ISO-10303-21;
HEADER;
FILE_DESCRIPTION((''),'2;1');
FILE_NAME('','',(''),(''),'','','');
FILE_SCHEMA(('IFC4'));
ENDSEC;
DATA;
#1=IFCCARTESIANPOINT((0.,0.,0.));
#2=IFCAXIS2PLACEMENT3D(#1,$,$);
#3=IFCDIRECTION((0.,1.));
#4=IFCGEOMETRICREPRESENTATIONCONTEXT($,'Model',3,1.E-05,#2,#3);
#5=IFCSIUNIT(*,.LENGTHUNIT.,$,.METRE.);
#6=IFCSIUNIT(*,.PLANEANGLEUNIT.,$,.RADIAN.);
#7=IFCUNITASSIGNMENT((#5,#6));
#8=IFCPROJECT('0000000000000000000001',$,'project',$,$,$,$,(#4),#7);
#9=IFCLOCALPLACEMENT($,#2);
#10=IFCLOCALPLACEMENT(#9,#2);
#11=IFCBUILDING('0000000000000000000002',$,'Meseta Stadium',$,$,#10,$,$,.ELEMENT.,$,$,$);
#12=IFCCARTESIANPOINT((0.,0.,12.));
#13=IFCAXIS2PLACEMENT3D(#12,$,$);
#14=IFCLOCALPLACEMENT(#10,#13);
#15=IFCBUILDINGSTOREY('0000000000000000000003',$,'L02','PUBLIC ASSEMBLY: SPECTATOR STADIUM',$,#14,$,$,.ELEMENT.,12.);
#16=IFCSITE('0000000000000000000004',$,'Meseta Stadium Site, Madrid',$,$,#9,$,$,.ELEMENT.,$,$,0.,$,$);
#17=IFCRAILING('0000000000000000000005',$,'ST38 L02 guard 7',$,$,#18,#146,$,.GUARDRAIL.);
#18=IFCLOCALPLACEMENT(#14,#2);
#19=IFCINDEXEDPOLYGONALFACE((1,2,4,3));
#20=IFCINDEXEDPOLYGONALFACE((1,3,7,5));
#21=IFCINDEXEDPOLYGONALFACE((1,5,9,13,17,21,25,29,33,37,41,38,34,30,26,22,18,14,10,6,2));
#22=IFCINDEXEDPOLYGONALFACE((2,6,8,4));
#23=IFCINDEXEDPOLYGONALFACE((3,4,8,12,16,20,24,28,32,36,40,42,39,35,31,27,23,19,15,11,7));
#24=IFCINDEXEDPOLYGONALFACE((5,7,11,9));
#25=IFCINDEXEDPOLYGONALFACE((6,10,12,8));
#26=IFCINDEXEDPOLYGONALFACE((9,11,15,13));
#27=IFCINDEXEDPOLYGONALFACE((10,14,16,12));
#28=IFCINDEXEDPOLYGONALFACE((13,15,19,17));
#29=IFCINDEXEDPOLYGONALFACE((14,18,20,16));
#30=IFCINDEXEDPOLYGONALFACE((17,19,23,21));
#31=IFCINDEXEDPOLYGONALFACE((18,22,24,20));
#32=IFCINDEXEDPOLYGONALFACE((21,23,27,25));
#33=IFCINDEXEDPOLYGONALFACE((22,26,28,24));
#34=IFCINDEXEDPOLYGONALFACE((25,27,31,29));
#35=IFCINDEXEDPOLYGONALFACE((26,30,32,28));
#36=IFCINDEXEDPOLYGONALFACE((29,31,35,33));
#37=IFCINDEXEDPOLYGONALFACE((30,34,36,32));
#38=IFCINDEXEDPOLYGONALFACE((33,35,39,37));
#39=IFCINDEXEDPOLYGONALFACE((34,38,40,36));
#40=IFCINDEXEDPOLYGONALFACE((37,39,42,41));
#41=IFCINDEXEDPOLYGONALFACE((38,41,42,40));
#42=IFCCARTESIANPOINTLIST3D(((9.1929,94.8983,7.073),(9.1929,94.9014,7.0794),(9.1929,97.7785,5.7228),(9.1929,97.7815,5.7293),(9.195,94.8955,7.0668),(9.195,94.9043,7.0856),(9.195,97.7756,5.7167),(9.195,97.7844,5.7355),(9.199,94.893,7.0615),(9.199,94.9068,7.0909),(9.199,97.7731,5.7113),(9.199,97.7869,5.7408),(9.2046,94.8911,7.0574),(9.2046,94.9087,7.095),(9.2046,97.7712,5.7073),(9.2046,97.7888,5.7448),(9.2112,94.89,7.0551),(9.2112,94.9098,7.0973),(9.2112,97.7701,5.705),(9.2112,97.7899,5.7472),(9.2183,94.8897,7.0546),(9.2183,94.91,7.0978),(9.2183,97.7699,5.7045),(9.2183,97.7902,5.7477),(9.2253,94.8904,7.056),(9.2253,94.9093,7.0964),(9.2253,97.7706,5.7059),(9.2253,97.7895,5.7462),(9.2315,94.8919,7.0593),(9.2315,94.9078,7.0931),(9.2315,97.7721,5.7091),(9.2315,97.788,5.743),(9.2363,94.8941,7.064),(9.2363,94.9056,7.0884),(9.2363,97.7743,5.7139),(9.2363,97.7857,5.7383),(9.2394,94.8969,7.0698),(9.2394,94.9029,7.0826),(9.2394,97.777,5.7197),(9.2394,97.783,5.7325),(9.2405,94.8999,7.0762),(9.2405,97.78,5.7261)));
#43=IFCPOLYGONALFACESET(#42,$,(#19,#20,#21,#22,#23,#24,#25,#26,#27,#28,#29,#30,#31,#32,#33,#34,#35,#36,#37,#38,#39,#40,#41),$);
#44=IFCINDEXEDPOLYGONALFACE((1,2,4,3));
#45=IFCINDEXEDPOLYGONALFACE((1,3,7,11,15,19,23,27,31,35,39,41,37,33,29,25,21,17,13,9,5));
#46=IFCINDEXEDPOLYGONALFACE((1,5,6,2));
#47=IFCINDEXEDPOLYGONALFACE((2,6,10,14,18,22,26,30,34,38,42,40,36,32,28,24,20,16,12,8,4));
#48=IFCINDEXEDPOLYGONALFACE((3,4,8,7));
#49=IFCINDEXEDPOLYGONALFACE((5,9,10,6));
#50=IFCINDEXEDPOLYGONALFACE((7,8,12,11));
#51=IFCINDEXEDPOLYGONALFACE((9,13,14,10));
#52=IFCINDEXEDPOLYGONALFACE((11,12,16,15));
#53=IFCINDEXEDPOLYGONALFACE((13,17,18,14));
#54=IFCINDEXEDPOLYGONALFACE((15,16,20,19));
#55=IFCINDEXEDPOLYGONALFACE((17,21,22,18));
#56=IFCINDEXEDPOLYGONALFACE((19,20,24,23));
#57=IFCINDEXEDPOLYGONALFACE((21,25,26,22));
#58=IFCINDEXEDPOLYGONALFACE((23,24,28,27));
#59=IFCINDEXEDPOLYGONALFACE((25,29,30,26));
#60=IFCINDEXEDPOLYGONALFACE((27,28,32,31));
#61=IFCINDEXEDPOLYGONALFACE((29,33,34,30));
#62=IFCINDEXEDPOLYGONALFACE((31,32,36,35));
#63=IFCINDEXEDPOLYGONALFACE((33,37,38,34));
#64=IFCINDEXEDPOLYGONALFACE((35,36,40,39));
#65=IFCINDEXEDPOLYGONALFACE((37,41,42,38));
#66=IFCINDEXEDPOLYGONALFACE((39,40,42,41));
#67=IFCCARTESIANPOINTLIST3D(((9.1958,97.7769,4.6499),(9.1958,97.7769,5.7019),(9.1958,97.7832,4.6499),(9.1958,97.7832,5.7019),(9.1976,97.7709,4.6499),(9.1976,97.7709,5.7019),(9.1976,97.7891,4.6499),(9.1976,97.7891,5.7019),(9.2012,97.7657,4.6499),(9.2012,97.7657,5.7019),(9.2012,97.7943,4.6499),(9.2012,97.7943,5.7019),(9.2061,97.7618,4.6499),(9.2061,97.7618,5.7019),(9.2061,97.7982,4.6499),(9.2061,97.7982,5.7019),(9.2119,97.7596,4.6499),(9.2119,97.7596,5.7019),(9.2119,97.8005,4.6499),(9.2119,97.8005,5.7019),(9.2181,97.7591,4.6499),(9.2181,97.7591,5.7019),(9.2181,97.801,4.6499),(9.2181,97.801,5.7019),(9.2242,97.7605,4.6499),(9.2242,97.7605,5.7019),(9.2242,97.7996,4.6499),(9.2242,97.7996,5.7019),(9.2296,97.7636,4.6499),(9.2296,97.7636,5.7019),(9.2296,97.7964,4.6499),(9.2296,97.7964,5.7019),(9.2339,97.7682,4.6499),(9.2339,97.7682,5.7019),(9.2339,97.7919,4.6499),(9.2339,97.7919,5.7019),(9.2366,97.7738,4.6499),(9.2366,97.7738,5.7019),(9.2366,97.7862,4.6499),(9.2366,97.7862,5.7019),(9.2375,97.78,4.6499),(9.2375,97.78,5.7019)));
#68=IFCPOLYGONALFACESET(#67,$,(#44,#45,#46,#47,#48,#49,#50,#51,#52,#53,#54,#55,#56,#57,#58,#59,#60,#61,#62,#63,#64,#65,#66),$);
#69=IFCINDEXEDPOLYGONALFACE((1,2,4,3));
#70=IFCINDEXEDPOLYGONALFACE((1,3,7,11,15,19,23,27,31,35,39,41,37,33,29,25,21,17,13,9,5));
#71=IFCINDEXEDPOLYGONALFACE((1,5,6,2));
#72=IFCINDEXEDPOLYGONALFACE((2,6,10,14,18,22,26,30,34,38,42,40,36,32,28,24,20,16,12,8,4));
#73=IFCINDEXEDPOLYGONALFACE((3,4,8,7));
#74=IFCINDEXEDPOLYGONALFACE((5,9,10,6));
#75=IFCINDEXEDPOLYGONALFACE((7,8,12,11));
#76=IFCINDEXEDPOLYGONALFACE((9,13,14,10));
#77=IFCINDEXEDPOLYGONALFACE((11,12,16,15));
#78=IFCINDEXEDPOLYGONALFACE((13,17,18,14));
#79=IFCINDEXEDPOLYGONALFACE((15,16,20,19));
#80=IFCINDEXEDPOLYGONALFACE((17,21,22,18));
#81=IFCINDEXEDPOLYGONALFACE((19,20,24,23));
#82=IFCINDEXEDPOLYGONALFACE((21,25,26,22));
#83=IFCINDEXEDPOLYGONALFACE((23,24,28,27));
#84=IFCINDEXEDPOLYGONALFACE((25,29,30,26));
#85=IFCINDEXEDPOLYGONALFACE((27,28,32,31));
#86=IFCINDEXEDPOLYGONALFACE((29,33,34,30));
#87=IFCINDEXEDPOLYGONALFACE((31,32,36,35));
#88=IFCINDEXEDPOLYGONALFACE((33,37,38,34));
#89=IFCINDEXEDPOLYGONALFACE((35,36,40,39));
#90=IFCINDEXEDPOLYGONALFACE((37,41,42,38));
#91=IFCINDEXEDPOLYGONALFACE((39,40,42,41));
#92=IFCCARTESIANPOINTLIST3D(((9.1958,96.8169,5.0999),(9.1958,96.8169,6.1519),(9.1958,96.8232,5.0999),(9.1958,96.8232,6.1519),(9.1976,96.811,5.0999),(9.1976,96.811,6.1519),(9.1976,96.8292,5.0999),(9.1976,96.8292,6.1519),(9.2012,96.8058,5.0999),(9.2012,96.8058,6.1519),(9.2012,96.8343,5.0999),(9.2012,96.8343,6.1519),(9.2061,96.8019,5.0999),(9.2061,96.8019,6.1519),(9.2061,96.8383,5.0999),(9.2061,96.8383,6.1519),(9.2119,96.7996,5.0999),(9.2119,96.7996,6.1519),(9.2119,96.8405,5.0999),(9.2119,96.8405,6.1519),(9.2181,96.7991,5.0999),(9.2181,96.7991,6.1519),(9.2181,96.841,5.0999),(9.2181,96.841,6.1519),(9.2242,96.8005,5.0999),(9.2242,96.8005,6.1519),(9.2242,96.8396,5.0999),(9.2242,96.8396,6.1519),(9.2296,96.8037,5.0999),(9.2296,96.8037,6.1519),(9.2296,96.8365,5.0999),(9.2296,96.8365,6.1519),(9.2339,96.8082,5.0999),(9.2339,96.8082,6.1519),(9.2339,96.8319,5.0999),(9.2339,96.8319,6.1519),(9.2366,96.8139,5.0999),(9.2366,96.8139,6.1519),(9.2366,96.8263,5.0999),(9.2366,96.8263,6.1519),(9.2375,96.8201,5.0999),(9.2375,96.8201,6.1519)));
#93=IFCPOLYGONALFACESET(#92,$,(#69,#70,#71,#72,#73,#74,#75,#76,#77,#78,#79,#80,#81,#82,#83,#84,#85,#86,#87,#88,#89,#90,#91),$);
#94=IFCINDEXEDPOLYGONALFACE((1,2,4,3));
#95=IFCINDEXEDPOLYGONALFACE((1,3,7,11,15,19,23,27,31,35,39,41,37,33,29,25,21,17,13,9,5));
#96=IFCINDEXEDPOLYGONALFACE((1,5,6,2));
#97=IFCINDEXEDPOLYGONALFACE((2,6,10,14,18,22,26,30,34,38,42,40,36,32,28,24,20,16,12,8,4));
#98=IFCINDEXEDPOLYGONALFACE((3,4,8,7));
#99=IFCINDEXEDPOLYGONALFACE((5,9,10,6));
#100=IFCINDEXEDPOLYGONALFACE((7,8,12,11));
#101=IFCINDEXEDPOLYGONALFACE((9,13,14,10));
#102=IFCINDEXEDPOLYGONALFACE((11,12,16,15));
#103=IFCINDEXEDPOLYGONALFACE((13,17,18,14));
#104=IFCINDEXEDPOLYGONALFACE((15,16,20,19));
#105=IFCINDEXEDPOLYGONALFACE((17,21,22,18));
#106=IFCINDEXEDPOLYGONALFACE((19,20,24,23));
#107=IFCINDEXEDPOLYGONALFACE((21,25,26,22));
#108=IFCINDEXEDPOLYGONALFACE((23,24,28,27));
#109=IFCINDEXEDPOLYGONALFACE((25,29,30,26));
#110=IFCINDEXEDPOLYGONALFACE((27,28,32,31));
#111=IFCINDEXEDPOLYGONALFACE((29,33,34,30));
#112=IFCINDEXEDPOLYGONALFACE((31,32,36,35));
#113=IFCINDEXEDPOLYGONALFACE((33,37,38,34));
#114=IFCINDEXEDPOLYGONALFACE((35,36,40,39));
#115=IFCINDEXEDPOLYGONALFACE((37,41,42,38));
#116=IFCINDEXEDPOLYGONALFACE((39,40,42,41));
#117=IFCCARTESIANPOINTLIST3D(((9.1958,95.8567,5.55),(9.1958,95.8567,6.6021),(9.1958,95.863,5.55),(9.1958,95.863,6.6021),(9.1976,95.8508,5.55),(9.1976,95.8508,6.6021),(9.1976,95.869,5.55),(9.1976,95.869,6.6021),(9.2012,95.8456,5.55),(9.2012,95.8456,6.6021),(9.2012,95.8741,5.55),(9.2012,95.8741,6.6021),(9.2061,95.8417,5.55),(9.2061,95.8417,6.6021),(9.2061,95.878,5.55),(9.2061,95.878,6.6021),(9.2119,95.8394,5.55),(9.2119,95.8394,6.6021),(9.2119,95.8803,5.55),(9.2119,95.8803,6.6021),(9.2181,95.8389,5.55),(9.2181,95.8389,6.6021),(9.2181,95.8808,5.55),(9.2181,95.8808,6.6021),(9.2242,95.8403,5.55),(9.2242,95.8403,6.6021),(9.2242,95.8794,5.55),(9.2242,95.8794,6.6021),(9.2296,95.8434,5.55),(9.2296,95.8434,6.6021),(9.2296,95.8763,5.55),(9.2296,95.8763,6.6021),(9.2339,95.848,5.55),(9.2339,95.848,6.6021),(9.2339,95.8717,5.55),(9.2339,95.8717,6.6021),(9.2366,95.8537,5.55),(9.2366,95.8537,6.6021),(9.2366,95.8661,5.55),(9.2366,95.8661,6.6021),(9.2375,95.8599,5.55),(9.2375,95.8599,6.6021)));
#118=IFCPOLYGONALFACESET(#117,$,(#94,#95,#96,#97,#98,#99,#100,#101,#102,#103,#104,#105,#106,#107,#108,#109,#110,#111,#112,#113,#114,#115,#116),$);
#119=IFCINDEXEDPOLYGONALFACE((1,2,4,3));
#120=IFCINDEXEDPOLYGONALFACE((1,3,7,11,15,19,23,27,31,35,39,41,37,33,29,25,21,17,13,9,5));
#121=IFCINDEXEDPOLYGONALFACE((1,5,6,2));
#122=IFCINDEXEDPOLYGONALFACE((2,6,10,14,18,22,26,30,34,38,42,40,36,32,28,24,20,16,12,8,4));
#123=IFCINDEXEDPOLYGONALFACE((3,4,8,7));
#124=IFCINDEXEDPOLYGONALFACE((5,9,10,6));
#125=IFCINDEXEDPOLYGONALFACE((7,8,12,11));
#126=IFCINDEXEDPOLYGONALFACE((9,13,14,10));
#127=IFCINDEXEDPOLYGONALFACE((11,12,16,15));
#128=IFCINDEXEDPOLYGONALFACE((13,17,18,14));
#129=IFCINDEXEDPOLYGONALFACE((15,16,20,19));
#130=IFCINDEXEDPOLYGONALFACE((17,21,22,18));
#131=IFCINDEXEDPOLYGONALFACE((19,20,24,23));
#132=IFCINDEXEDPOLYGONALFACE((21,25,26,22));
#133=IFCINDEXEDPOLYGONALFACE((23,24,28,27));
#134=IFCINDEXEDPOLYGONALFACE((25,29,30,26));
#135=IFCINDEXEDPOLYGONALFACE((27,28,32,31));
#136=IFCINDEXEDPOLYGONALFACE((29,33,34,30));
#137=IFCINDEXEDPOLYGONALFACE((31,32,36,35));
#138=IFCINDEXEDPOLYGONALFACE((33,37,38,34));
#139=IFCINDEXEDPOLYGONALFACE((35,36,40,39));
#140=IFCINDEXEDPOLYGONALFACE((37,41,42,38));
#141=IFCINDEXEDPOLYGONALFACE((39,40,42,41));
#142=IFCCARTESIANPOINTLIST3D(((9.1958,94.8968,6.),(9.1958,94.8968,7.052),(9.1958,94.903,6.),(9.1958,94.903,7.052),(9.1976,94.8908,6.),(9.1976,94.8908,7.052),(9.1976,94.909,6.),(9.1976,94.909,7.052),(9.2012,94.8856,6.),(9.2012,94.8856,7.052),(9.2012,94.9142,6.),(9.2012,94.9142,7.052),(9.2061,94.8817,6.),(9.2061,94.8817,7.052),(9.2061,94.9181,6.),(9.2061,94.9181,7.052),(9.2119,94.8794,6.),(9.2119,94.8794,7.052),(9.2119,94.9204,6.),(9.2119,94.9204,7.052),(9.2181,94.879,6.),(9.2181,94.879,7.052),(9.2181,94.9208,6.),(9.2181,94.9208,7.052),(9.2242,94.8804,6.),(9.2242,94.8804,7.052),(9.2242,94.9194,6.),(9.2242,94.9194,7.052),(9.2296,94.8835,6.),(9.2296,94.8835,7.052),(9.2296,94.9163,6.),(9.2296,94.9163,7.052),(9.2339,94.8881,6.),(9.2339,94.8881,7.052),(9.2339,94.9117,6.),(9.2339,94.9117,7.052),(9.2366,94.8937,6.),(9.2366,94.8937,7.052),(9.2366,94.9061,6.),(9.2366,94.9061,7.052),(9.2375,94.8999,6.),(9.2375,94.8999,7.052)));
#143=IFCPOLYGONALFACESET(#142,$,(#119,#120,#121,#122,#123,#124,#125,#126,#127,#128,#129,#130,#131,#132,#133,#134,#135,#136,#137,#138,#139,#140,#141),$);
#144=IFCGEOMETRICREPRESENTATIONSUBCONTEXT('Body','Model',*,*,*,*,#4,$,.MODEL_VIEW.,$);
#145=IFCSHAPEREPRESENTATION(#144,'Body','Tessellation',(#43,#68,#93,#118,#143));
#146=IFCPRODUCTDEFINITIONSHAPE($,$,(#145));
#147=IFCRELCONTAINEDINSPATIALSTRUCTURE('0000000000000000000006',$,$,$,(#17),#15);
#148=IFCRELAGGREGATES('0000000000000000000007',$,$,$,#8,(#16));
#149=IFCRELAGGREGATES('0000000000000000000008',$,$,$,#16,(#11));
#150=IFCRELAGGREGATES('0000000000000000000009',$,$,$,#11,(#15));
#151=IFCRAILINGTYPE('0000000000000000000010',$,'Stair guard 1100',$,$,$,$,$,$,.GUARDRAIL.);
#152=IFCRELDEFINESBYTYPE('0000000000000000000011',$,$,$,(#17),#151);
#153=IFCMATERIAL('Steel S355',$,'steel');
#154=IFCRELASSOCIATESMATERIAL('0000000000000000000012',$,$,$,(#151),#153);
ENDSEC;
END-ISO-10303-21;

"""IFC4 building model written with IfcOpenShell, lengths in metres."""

from ifc_helpers import new_model, si_unit, direction, frame, origin, origin_2d, place, context, subcontext, project, spatial, circle, extrude, material, type_object, element, save


model = new_model("IFC4")

# Units and contexts
model_context = context("Model", 3, precision=1e-05, world=origin(), true_north=direction((0.0, 1.0)))
body_context = subcontext(model_context, "Body", "Model", "MODEL_VIEW")
ifc_project = project(units=[si_unit("LENGTHUNIT", "METRE"), si_unit("PLANEANGLEUNIT", "RADIAN")], contexts=[model_context])

# Site, building, storey
site_placement = place(None, origin())
site = spatial("IfcSite", under=ifc_project, at=site_placement, Name="Meseta Stadium Site, Madrid", CompositionType="ELEMENT", RefElevation=0.0)
building_placement = place(site_placement, origin())
building = spatial("IfcBuilding", under=site, at=building_placement, Name="Meseta Stadium", CompositionType="ELEMENT")
storey_placement = place(building_placement, frame((0.0, 0.0, 12.0)))
storey = spatial("IfcBuildingStorey", under=building, at=storey_placement, Name="L02", Description="PUBLIC ASSEMBLY: SPECTATOR STADIUM", CompositionType="ELEMENT", Elevation=12.0)

# Railing
ifc_material_1 = material(Name="Steel S355", Category="steel")
railing_type_1 = type_object("IfcRailingType", Name="Stair guard 1100", PredefinedType="GUARDRAIL", material=ifc_material_1)
railing_1_placement = place(storey_placement, frame((9.2166, 97.78, 4.6499)))
element("IfcRailing", 1, at=railing_1_placement, inside=storey, type_object=railing_type_1, Name="ST38 L02 guard 7", PredefinedType="GUARDRAIL", context=body_context, shape_type="SweptSolid", body=[
    extrude(circle(Radius=0.0239, at=origin_2d()), frame((0.0, 0.0, 1.0762), z_axis=(0.0, -0.905454, 0.424444), x_axis=(1.0, 0.0, 0.0)), (0.0, 0.0, 1.0), 3.1809),
    extrude(circle(Radius=0.021, at=origin_2d()), origin(), (0.0, 0.0, 1.0), 1.052),
    extrude(circle(Radius=0.021, at=origin_2d()), frame((0.0, -0.96, 0.45)), (0.0, 0.0, 1.0), 1.052),
    extrude(circle(Radius=0.021, at=origin_2d()), frame((0.0, -1.9202, 0.9001)), (0.0, 0.0, 1.0), 1.052),
    extrude(circle(Radius=0.021, at=origin_2d()), frame((0.0, -2.8801, 1.3501)), (0.0, 0.0, 1.0), 1.052),
])

save(model, "model.ifc")
